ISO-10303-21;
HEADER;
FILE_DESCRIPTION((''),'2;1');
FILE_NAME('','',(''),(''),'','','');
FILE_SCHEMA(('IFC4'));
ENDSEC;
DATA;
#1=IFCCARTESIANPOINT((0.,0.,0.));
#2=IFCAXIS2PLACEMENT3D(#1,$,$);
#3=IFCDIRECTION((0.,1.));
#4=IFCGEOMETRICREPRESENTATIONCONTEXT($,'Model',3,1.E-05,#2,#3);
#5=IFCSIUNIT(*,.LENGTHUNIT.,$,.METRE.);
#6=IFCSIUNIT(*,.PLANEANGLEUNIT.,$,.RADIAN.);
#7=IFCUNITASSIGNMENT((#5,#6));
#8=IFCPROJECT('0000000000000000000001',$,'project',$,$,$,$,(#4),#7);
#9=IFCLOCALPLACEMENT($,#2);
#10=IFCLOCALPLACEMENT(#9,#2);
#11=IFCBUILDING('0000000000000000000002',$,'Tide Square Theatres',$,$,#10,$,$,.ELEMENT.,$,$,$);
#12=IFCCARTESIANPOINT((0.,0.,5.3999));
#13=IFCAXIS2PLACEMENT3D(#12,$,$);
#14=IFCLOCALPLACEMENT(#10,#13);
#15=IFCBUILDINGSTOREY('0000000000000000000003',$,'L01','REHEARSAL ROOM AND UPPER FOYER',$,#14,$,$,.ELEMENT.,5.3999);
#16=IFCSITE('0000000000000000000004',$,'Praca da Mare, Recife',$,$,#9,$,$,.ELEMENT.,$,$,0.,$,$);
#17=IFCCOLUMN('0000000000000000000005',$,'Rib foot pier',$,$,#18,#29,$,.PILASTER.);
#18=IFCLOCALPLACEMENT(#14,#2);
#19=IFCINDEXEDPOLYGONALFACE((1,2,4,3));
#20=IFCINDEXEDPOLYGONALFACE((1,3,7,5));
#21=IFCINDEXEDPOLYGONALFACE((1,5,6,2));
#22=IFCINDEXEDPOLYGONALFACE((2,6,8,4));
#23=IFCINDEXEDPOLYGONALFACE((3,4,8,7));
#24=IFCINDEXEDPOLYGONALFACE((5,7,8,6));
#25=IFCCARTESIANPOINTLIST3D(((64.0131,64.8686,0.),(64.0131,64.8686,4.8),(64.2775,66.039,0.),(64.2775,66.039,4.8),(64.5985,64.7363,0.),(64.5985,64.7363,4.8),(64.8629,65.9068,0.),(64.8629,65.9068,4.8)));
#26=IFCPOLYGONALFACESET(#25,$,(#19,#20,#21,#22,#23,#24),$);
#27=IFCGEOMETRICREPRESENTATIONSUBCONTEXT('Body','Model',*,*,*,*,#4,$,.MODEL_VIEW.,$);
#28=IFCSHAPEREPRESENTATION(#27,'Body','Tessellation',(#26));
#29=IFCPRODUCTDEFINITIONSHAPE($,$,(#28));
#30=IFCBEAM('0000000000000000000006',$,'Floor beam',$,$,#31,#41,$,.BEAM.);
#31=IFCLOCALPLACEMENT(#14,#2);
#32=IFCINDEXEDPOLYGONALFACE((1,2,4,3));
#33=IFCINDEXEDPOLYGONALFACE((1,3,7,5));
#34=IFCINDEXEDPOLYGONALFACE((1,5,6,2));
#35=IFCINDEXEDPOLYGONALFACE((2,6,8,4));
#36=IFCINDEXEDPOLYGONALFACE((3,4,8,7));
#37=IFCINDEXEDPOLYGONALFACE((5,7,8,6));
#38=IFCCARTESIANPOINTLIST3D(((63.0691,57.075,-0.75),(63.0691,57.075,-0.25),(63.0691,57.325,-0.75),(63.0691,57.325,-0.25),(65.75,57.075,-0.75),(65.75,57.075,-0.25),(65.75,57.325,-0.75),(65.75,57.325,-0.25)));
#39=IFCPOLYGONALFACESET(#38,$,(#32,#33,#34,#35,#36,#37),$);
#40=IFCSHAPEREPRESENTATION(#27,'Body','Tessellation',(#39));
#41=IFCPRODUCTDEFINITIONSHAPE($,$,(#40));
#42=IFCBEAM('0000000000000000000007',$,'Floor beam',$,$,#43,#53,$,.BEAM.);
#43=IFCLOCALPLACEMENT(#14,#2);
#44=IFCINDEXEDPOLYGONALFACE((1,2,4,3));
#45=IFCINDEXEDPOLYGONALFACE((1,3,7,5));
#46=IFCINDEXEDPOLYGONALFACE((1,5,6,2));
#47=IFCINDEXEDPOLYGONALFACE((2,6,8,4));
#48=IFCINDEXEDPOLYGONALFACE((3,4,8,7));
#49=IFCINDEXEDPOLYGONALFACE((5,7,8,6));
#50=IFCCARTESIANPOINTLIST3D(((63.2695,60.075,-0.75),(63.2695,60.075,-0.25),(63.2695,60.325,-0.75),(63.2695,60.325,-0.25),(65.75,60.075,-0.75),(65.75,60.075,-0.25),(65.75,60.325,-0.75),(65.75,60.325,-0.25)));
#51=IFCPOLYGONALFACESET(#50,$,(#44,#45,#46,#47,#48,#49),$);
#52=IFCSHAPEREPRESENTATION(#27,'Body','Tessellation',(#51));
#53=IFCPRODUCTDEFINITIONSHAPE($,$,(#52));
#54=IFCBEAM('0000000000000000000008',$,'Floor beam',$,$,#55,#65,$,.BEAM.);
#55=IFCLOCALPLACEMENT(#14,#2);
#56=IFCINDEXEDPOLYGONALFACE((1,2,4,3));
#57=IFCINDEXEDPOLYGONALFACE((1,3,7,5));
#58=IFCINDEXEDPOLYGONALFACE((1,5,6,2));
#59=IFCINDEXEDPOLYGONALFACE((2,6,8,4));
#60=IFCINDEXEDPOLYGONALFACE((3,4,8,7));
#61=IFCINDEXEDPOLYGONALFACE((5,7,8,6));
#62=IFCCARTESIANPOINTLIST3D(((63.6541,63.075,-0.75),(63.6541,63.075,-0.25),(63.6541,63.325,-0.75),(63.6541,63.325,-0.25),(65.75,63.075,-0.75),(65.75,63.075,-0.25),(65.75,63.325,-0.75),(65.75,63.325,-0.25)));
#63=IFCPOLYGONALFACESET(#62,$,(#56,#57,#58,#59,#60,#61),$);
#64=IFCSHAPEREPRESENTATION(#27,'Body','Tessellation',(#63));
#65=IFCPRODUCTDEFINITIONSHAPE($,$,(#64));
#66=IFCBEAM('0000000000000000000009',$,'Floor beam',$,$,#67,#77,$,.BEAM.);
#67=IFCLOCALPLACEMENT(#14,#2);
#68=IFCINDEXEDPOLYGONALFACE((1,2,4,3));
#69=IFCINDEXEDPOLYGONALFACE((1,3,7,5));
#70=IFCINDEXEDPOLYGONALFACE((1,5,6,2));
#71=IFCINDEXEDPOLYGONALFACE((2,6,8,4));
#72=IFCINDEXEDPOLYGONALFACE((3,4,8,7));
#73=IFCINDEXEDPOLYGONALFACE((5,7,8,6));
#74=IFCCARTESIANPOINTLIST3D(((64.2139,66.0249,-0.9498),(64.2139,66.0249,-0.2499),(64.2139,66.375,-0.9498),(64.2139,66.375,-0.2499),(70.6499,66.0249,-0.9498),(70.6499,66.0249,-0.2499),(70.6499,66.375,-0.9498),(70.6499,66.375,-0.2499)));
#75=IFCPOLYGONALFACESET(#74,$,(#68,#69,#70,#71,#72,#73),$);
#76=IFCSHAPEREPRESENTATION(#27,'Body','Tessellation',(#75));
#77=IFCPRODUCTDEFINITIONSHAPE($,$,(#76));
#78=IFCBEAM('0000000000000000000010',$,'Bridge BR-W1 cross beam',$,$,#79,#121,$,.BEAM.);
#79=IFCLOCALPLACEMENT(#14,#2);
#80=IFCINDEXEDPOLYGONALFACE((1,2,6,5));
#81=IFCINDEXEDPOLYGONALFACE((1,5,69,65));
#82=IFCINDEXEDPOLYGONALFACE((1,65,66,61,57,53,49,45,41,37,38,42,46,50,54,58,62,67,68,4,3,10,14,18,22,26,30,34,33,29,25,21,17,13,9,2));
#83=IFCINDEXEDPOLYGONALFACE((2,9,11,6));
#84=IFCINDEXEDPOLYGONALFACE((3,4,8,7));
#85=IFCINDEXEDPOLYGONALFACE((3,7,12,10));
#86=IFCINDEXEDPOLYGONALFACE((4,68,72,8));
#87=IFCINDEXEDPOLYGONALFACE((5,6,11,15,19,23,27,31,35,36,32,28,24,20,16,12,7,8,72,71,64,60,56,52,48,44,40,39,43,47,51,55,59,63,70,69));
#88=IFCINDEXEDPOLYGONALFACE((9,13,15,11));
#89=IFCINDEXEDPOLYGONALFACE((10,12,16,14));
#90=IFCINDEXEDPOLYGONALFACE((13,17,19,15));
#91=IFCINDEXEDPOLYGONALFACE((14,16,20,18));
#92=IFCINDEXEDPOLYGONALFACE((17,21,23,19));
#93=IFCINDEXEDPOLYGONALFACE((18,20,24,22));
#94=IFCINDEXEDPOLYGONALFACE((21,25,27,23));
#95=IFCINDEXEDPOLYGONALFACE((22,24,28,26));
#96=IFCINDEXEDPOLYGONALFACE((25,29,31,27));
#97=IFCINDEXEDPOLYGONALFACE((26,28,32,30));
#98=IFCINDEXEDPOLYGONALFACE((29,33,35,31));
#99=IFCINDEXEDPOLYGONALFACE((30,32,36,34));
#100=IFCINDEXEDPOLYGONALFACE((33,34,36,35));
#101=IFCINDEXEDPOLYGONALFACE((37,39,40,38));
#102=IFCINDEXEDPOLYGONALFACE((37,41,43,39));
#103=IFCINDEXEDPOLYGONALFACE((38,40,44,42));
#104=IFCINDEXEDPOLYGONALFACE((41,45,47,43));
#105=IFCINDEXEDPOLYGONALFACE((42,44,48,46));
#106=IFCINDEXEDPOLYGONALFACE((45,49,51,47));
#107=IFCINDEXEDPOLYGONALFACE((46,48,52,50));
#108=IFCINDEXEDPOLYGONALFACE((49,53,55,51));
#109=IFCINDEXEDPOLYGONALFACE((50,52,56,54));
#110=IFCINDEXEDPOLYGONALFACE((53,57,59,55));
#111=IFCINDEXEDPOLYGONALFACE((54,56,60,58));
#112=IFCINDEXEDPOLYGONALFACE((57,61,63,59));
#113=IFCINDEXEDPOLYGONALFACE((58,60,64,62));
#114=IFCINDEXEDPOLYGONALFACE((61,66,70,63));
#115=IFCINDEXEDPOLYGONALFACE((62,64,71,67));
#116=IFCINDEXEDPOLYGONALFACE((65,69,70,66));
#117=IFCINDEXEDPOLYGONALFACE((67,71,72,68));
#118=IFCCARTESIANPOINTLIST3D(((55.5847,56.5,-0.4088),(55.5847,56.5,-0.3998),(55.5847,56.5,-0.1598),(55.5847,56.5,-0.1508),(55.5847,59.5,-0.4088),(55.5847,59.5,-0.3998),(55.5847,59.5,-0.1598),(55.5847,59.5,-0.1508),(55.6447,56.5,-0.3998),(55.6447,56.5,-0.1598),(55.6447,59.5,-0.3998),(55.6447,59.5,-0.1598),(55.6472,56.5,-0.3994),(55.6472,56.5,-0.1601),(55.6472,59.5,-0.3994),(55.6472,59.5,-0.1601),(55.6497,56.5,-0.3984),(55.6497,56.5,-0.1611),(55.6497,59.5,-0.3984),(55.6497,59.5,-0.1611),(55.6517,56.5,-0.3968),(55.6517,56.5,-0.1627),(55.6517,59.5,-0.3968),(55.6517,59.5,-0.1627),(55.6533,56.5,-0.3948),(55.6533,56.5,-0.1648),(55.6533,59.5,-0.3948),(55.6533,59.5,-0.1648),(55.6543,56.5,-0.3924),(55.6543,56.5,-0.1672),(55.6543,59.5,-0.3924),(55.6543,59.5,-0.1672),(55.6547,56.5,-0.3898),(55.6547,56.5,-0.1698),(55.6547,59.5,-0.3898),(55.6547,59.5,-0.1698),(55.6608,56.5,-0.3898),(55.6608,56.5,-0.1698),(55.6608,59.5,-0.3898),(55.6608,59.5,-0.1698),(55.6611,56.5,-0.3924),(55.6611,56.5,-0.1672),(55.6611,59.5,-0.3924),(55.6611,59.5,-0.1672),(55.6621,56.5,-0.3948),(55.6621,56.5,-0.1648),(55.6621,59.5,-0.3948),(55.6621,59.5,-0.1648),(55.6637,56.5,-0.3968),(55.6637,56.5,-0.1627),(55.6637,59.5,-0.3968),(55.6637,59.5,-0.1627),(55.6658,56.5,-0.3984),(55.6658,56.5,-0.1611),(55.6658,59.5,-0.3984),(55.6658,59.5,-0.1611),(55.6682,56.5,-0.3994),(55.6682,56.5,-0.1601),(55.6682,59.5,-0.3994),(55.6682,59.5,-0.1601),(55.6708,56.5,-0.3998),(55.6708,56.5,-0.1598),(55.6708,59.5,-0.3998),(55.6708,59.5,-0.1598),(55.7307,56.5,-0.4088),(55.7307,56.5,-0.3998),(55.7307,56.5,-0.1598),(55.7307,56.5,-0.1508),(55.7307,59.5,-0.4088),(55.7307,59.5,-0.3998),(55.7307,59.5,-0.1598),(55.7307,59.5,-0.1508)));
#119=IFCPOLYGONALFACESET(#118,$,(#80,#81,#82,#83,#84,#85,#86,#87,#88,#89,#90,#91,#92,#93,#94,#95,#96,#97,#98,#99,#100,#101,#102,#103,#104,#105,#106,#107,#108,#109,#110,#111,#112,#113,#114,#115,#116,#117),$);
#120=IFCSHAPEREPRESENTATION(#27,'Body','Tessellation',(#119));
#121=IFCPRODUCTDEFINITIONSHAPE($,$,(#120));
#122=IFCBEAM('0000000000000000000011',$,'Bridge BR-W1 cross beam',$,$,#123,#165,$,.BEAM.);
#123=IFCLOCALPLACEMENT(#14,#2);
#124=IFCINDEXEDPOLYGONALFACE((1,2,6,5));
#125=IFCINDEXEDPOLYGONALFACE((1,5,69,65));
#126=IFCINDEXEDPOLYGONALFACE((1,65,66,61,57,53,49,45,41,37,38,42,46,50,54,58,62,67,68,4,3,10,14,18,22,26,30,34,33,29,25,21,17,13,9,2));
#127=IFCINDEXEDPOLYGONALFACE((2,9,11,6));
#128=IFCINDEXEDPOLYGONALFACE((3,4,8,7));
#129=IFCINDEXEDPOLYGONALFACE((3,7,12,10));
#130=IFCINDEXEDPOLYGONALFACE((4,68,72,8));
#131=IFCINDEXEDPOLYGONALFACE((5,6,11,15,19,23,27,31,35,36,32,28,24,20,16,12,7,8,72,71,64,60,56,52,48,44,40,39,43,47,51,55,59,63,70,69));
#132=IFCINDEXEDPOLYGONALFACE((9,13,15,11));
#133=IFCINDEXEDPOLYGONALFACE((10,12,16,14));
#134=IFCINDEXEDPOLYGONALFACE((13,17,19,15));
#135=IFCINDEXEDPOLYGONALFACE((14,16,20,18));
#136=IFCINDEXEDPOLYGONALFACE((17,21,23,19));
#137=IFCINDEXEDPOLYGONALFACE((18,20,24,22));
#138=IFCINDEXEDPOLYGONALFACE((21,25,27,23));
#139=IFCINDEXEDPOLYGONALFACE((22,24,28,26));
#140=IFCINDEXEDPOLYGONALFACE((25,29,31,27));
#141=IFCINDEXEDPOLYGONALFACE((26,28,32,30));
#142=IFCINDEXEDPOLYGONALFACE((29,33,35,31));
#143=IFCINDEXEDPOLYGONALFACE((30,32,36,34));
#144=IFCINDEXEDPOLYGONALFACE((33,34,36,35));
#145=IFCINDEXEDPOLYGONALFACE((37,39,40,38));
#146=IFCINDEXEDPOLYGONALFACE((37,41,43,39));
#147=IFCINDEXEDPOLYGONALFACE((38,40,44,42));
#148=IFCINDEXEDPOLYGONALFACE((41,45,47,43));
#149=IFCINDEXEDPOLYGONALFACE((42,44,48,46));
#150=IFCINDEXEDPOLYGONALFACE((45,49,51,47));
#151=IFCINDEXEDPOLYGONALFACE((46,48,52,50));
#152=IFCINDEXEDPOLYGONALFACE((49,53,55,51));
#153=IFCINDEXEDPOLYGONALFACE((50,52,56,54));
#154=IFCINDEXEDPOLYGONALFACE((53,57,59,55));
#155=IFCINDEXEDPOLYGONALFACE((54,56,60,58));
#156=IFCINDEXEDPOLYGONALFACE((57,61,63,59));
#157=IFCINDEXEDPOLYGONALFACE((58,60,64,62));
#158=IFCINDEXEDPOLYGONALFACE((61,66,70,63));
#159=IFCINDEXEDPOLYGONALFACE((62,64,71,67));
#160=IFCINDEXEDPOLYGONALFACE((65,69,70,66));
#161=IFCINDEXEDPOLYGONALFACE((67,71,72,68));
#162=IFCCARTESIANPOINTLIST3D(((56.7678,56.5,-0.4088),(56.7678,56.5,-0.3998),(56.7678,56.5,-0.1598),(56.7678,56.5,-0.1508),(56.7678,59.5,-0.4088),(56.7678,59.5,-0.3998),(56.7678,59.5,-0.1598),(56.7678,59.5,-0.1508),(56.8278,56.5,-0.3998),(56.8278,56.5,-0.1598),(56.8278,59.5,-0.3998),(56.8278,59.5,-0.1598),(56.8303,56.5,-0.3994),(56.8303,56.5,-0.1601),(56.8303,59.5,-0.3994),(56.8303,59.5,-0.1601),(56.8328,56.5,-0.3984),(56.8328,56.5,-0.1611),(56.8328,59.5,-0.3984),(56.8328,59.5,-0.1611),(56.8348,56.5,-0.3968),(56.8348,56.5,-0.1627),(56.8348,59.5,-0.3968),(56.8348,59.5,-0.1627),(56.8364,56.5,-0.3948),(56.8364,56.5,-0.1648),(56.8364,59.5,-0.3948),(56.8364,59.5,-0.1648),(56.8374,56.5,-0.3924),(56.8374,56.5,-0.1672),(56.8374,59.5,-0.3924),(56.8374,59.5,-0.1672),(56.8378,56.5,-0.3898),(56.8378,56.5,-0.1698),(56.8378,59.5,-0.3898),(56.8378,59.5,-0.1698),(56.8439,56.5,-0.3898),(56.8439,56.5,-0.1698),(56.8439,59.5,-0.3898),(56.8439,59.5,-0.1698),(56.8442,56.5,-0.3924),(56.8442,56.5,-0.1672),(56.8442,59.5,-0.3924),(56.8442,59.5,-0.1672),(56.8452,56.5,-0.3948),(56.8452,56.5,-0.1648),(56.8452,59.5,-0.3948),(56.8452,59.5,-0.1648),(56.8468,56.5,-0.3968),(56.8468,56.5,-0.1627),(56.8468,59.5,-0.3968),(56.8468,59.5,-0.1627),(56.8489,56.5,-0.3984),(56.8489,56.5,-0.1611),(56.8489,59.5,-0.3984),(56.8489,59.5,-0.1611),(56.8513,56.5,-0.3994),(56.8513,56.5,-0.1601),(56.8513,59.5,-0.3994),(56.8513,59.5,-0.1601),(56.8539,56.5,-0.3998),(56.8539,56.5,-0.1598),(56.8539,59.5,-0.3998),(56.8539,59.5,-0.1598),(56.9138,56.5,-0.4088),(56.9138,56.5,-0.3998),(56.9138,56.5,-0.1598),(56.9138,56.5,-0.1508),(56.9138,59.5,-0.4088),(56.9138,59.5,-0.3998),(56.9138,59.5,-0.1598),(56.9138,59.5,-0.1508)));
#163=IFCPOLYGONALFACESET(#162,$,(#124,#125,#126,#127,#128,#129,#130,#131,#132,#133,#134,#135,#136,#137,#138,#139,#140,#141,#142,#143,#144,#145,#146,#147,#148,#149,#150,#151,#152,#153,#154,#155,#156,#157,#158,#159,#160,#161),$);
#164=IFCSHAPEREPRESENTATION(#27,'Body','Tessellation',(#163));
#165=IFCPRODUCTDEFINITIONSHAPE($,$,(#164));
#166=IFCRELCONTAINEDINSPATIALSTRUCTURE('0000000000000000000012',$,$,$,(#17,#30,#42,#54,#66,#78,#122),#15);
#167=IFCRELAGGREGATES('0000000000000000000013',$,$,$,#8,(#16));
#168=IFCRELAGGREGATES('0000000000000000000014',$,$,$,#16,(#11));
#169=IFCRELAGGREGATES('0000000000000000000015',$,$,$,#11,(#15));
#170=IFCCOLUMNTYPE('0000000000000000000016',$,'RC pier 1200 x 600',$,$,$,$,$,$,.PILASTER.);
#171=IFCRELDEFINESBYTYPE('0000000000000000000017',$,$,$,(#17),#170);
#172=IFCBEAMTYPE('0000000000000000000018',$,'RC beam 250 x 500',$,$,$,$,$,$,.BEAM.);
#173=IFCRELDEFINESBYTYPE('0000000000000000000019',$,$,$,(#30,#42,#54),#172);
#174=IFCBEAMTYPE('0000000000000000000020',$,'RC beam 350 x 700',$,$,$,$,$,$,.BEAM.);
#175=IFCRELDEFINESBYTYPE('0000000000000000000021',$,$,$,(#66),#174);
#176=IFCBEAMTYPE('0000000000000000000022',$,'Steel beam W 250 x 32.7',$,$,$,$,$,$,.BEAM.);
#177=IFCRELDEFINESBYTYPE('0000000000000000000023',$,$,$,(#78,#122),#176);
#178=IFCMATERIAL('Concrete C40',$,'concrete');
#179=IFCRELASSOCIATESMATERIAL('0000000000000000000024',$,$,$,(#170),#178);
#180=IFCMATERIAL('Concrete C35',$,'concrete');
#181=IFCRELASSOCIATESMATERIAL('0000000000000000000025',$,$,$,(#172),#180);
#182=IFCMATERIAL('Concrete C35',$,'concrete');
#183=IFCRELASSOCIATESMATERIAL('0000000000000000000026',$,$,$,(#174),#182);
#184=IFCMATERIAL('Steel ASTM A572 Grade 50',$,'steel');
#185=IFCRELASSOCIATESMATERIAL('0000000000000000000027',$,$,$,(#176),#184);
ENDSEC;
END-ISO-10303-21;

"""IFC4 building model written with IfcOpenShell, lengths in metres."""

from ifc_helpers import new_model, si_unit, direction, frame, origin, origin_2d, place, context, subcontext, project, spatial, rectangle, i_section, extrude, material, material_profile, profile_set, type_object, element, save


model = new_model("IFC4")

# Units and contexts
model_context = context("Model", 3, precision=1e-05, world=origin(), true_north=direction((0.0, 1.0)))
body_context = subcontext(model_context, "Body", "Model", "MODEL_VIEW")
ifc_project = project(units=[si_unit("LENGTHUNIT", "METRE"), si_unit("PLANEANGLEUNIT", "RADIAN")], contexts=[model_context])

# Site, building, storey
site_placement = place(None, origin())
site = spatial("IfcSite", under=ifc_project, at=site_placement, Name="Praca da Mare, Recife", CompositionType="ELEMENT", RefElevation=0.0)
building_placement = place(site_placement, origin())
building = spatial("IfcBuilding", under=site, at=building_placement, Name="Tide Square Theatres", CompositionType="ELEMENT")
storey_placement = place(building_placement, frame((0.0, 0.0, 5.3999)))
storey = spatial("IfcBuildingStorey", under=building, at=storey_placement, Name="L01", Description="REHEARSAL ROOM AND UPPER FOYER", CompositionType="ELEMENT", Elevation=5.3999)

# Column
ifc_material_1 = material(Name="Concrete C40", Category="concrete")
ifc_material_profile_1 = material_profile(ifc_material_1, rectangle(XDim=1.2, YDim=0.6001, at=origin_2d()))
ifc_profile_set_1 = profile_set([ifc_material_profile_1], Name="Concrete C40")
column_type = type_object("IfcColumnType", Name="RC pier 1200 x 600", PredefinedType="PILASTER", material=ifc_profile_set_1)
column_placement = place(storey_placement, frame((64.438, 65.3877, 0.0), z_axis=(0.0, 0.0, 1.0), x_axis=(-0.220357, -0.975419, 0.0)))
element("IfcColumn", 1, at=column_placement, inside=storey, type_object=column_type, Name="Rib foot pier", PredefinedType="PILASTER", context=body_context, shape_type="SweptSolid", body=[
    extrude(rectangle(XDim=1.2, YDim=0.6001, at=origin_2d()), origin(), (0.0, 0.0, 1.0), 4.8),
])

# Beams
ifc_material_2 = material(Name="Concrete C35", Category="concrete")
ifc_material_profile_2 = material_profile(ifc_material_2, rectangle(XDim=0.25, YDim=0.5, at=origin_2d()))
ifc_profile_set_2 = profile_set([ifc_material_profile_2], Name="Concrete C35")
beam_type_1 = type_object("IfcBeamType", Name="RC beam 250 x 500", PredefinedType="BEAM", material=ifc_profile_set_2)
beam_1_placement = place(storey_placement, frame((63.0691, 57.2, -0.5), z_axis=(1.0, 0.0, 0.0), x_axis=(0.0, 1.0, 0.0)))
element("IfcBeam", 2, at=beam_1_placement, inside=storey, type_object=beam_type_1, Name="Floor beam", PredefinedType="BEAM", context=body_context, shape_type="SweptSolid", body=[
    extrude(rectangle(XDim=0.25, YDim=0.5, at=origin_2d()), origin(), (0.0, 0.0, 1.0), 2.6809),
])
beam_2_placement = place(storey_placement, frame((63.2695, 60.2, -0.5), z_axis=(1.0, 0.0, 0.0), x_axis=(0.0, 1.0, 0.0)))
element("IfcBeam", 3, at=beam_2_placement, inside=storey, type_object=beam_type_1, Name="Floor beam", PredefinedType="BEAM", context=body_context, shape_type="SweptSolid", body=[
    extrude(rectangle(XDim=0.25, YDim=0.5, at=origin_2d()), origin(), (0.0, 0.0, 1.0), 2.4805),
])
beam_3_placement = place(storey_placement, frame((63.6541, 63.2, -0.5), z_axis=(1.0, 0.0, 0.0), x_axis=(0.0, 1.0, 0.0)))
element("IfcBeam", 4, at=beam_3_placement, inside=storey, type_object=beam_type_1, Name="Floor beam", PredefinedType="BEAM", context=body_context, shape_type="SweptSolid", body=[
    extrude(rectangle(XDim=0.25, YDim=0.5, at=origin_2d()), origin(), (0.0, 0.0, 1.0), 2.0959),
])
ifc_material_3 = material(Name="Concrete C35", Category="concrete")
ifc_material_profile_3 = material_profile(ifc_material_3, rectangle(XDim=0.3501, YDim=0.7, at=origin_2d()))
ifc_profile_set_3 = profile_set([ifc_material_profile_3], Name="Concrete C35")
beam_type_2 = type_object("IfcBeamType", Name="RC beam 350 x 700", PredefinedType="BEAM", material=ifc_profile_set_3)
beam_4_placement = place(storey_placement, frame((64.2139, 66.2, -0.5999), z_axis=(1.0, 0.0, 0.0), x_axis=(0.0, 1.0, 0.0)))
element("IfcBeam", 5, at=beam_4_placement, inside=storey, type_object=beam_type_2, Name="Floor beam", PredefinedType="BEAM", context=body_context, shape_type="SweptSolid", body=[
    extrude(rectangle(XDim=0.3501, YDim=0.7, at=origin_2d()), origin(), (0.0, 0.0, 1.0), 6.436),
])
ifc_material_4 = material(Name="Steel ASTM A572 Grade 50", Category="steel")
ifc_material_profile_4 = material_profile(ifc_material_4, i_section(OverallWidth=0.146, OverallDepth=0.2581, WebThickness=0.0061, FlangeThickness=0.009, FilletRadius=0.01, at=origin_2d()))
ifc_profile_set_4 = profile_set([ifc_material_profile_4], Name="Steel ASTM A572 Grade 50")
beam_type_3 = type_object("IfcBeamType", Name="Steel beam W 250 x 32.7", PredefinedType="BEAM", material=ifc_profile_set_4)
for number, where, z_axis, x_axis, name in (
    (6, (55.6577, 56.5, -0.2798), (0.0, 1.0, 0.0), (-1.0, 0.0, 0.0), "Bridge BR-W1 cross beam"),
    (7, (56.8408, 56.5, -0.2798), (0.0, 1.0, 0.0), (-1.0, 0.0, 0.0), "Bridge BR-W1 cross beam"),
):
    element("IfcBeam", number, at=place(storey_placement, frame(where, z_axis=z_axis, x_axis=x_axis)), inside=storey, type_object=beam_type_3, Name=name, PredefinedType="BEAM", context=body_context, shape_type="SweptSolid", body=[
        extrude(i_section(OverallWidth=0.146, OverallDepth=0.2581, WebThickness=0.0061, FlangeThickness=0.009, FilletRadius=0.01, at=origin_2d()), origin(), (0.0, 0.0, 1.0), 3.0),
    ])

save(model, "model.ifc")
